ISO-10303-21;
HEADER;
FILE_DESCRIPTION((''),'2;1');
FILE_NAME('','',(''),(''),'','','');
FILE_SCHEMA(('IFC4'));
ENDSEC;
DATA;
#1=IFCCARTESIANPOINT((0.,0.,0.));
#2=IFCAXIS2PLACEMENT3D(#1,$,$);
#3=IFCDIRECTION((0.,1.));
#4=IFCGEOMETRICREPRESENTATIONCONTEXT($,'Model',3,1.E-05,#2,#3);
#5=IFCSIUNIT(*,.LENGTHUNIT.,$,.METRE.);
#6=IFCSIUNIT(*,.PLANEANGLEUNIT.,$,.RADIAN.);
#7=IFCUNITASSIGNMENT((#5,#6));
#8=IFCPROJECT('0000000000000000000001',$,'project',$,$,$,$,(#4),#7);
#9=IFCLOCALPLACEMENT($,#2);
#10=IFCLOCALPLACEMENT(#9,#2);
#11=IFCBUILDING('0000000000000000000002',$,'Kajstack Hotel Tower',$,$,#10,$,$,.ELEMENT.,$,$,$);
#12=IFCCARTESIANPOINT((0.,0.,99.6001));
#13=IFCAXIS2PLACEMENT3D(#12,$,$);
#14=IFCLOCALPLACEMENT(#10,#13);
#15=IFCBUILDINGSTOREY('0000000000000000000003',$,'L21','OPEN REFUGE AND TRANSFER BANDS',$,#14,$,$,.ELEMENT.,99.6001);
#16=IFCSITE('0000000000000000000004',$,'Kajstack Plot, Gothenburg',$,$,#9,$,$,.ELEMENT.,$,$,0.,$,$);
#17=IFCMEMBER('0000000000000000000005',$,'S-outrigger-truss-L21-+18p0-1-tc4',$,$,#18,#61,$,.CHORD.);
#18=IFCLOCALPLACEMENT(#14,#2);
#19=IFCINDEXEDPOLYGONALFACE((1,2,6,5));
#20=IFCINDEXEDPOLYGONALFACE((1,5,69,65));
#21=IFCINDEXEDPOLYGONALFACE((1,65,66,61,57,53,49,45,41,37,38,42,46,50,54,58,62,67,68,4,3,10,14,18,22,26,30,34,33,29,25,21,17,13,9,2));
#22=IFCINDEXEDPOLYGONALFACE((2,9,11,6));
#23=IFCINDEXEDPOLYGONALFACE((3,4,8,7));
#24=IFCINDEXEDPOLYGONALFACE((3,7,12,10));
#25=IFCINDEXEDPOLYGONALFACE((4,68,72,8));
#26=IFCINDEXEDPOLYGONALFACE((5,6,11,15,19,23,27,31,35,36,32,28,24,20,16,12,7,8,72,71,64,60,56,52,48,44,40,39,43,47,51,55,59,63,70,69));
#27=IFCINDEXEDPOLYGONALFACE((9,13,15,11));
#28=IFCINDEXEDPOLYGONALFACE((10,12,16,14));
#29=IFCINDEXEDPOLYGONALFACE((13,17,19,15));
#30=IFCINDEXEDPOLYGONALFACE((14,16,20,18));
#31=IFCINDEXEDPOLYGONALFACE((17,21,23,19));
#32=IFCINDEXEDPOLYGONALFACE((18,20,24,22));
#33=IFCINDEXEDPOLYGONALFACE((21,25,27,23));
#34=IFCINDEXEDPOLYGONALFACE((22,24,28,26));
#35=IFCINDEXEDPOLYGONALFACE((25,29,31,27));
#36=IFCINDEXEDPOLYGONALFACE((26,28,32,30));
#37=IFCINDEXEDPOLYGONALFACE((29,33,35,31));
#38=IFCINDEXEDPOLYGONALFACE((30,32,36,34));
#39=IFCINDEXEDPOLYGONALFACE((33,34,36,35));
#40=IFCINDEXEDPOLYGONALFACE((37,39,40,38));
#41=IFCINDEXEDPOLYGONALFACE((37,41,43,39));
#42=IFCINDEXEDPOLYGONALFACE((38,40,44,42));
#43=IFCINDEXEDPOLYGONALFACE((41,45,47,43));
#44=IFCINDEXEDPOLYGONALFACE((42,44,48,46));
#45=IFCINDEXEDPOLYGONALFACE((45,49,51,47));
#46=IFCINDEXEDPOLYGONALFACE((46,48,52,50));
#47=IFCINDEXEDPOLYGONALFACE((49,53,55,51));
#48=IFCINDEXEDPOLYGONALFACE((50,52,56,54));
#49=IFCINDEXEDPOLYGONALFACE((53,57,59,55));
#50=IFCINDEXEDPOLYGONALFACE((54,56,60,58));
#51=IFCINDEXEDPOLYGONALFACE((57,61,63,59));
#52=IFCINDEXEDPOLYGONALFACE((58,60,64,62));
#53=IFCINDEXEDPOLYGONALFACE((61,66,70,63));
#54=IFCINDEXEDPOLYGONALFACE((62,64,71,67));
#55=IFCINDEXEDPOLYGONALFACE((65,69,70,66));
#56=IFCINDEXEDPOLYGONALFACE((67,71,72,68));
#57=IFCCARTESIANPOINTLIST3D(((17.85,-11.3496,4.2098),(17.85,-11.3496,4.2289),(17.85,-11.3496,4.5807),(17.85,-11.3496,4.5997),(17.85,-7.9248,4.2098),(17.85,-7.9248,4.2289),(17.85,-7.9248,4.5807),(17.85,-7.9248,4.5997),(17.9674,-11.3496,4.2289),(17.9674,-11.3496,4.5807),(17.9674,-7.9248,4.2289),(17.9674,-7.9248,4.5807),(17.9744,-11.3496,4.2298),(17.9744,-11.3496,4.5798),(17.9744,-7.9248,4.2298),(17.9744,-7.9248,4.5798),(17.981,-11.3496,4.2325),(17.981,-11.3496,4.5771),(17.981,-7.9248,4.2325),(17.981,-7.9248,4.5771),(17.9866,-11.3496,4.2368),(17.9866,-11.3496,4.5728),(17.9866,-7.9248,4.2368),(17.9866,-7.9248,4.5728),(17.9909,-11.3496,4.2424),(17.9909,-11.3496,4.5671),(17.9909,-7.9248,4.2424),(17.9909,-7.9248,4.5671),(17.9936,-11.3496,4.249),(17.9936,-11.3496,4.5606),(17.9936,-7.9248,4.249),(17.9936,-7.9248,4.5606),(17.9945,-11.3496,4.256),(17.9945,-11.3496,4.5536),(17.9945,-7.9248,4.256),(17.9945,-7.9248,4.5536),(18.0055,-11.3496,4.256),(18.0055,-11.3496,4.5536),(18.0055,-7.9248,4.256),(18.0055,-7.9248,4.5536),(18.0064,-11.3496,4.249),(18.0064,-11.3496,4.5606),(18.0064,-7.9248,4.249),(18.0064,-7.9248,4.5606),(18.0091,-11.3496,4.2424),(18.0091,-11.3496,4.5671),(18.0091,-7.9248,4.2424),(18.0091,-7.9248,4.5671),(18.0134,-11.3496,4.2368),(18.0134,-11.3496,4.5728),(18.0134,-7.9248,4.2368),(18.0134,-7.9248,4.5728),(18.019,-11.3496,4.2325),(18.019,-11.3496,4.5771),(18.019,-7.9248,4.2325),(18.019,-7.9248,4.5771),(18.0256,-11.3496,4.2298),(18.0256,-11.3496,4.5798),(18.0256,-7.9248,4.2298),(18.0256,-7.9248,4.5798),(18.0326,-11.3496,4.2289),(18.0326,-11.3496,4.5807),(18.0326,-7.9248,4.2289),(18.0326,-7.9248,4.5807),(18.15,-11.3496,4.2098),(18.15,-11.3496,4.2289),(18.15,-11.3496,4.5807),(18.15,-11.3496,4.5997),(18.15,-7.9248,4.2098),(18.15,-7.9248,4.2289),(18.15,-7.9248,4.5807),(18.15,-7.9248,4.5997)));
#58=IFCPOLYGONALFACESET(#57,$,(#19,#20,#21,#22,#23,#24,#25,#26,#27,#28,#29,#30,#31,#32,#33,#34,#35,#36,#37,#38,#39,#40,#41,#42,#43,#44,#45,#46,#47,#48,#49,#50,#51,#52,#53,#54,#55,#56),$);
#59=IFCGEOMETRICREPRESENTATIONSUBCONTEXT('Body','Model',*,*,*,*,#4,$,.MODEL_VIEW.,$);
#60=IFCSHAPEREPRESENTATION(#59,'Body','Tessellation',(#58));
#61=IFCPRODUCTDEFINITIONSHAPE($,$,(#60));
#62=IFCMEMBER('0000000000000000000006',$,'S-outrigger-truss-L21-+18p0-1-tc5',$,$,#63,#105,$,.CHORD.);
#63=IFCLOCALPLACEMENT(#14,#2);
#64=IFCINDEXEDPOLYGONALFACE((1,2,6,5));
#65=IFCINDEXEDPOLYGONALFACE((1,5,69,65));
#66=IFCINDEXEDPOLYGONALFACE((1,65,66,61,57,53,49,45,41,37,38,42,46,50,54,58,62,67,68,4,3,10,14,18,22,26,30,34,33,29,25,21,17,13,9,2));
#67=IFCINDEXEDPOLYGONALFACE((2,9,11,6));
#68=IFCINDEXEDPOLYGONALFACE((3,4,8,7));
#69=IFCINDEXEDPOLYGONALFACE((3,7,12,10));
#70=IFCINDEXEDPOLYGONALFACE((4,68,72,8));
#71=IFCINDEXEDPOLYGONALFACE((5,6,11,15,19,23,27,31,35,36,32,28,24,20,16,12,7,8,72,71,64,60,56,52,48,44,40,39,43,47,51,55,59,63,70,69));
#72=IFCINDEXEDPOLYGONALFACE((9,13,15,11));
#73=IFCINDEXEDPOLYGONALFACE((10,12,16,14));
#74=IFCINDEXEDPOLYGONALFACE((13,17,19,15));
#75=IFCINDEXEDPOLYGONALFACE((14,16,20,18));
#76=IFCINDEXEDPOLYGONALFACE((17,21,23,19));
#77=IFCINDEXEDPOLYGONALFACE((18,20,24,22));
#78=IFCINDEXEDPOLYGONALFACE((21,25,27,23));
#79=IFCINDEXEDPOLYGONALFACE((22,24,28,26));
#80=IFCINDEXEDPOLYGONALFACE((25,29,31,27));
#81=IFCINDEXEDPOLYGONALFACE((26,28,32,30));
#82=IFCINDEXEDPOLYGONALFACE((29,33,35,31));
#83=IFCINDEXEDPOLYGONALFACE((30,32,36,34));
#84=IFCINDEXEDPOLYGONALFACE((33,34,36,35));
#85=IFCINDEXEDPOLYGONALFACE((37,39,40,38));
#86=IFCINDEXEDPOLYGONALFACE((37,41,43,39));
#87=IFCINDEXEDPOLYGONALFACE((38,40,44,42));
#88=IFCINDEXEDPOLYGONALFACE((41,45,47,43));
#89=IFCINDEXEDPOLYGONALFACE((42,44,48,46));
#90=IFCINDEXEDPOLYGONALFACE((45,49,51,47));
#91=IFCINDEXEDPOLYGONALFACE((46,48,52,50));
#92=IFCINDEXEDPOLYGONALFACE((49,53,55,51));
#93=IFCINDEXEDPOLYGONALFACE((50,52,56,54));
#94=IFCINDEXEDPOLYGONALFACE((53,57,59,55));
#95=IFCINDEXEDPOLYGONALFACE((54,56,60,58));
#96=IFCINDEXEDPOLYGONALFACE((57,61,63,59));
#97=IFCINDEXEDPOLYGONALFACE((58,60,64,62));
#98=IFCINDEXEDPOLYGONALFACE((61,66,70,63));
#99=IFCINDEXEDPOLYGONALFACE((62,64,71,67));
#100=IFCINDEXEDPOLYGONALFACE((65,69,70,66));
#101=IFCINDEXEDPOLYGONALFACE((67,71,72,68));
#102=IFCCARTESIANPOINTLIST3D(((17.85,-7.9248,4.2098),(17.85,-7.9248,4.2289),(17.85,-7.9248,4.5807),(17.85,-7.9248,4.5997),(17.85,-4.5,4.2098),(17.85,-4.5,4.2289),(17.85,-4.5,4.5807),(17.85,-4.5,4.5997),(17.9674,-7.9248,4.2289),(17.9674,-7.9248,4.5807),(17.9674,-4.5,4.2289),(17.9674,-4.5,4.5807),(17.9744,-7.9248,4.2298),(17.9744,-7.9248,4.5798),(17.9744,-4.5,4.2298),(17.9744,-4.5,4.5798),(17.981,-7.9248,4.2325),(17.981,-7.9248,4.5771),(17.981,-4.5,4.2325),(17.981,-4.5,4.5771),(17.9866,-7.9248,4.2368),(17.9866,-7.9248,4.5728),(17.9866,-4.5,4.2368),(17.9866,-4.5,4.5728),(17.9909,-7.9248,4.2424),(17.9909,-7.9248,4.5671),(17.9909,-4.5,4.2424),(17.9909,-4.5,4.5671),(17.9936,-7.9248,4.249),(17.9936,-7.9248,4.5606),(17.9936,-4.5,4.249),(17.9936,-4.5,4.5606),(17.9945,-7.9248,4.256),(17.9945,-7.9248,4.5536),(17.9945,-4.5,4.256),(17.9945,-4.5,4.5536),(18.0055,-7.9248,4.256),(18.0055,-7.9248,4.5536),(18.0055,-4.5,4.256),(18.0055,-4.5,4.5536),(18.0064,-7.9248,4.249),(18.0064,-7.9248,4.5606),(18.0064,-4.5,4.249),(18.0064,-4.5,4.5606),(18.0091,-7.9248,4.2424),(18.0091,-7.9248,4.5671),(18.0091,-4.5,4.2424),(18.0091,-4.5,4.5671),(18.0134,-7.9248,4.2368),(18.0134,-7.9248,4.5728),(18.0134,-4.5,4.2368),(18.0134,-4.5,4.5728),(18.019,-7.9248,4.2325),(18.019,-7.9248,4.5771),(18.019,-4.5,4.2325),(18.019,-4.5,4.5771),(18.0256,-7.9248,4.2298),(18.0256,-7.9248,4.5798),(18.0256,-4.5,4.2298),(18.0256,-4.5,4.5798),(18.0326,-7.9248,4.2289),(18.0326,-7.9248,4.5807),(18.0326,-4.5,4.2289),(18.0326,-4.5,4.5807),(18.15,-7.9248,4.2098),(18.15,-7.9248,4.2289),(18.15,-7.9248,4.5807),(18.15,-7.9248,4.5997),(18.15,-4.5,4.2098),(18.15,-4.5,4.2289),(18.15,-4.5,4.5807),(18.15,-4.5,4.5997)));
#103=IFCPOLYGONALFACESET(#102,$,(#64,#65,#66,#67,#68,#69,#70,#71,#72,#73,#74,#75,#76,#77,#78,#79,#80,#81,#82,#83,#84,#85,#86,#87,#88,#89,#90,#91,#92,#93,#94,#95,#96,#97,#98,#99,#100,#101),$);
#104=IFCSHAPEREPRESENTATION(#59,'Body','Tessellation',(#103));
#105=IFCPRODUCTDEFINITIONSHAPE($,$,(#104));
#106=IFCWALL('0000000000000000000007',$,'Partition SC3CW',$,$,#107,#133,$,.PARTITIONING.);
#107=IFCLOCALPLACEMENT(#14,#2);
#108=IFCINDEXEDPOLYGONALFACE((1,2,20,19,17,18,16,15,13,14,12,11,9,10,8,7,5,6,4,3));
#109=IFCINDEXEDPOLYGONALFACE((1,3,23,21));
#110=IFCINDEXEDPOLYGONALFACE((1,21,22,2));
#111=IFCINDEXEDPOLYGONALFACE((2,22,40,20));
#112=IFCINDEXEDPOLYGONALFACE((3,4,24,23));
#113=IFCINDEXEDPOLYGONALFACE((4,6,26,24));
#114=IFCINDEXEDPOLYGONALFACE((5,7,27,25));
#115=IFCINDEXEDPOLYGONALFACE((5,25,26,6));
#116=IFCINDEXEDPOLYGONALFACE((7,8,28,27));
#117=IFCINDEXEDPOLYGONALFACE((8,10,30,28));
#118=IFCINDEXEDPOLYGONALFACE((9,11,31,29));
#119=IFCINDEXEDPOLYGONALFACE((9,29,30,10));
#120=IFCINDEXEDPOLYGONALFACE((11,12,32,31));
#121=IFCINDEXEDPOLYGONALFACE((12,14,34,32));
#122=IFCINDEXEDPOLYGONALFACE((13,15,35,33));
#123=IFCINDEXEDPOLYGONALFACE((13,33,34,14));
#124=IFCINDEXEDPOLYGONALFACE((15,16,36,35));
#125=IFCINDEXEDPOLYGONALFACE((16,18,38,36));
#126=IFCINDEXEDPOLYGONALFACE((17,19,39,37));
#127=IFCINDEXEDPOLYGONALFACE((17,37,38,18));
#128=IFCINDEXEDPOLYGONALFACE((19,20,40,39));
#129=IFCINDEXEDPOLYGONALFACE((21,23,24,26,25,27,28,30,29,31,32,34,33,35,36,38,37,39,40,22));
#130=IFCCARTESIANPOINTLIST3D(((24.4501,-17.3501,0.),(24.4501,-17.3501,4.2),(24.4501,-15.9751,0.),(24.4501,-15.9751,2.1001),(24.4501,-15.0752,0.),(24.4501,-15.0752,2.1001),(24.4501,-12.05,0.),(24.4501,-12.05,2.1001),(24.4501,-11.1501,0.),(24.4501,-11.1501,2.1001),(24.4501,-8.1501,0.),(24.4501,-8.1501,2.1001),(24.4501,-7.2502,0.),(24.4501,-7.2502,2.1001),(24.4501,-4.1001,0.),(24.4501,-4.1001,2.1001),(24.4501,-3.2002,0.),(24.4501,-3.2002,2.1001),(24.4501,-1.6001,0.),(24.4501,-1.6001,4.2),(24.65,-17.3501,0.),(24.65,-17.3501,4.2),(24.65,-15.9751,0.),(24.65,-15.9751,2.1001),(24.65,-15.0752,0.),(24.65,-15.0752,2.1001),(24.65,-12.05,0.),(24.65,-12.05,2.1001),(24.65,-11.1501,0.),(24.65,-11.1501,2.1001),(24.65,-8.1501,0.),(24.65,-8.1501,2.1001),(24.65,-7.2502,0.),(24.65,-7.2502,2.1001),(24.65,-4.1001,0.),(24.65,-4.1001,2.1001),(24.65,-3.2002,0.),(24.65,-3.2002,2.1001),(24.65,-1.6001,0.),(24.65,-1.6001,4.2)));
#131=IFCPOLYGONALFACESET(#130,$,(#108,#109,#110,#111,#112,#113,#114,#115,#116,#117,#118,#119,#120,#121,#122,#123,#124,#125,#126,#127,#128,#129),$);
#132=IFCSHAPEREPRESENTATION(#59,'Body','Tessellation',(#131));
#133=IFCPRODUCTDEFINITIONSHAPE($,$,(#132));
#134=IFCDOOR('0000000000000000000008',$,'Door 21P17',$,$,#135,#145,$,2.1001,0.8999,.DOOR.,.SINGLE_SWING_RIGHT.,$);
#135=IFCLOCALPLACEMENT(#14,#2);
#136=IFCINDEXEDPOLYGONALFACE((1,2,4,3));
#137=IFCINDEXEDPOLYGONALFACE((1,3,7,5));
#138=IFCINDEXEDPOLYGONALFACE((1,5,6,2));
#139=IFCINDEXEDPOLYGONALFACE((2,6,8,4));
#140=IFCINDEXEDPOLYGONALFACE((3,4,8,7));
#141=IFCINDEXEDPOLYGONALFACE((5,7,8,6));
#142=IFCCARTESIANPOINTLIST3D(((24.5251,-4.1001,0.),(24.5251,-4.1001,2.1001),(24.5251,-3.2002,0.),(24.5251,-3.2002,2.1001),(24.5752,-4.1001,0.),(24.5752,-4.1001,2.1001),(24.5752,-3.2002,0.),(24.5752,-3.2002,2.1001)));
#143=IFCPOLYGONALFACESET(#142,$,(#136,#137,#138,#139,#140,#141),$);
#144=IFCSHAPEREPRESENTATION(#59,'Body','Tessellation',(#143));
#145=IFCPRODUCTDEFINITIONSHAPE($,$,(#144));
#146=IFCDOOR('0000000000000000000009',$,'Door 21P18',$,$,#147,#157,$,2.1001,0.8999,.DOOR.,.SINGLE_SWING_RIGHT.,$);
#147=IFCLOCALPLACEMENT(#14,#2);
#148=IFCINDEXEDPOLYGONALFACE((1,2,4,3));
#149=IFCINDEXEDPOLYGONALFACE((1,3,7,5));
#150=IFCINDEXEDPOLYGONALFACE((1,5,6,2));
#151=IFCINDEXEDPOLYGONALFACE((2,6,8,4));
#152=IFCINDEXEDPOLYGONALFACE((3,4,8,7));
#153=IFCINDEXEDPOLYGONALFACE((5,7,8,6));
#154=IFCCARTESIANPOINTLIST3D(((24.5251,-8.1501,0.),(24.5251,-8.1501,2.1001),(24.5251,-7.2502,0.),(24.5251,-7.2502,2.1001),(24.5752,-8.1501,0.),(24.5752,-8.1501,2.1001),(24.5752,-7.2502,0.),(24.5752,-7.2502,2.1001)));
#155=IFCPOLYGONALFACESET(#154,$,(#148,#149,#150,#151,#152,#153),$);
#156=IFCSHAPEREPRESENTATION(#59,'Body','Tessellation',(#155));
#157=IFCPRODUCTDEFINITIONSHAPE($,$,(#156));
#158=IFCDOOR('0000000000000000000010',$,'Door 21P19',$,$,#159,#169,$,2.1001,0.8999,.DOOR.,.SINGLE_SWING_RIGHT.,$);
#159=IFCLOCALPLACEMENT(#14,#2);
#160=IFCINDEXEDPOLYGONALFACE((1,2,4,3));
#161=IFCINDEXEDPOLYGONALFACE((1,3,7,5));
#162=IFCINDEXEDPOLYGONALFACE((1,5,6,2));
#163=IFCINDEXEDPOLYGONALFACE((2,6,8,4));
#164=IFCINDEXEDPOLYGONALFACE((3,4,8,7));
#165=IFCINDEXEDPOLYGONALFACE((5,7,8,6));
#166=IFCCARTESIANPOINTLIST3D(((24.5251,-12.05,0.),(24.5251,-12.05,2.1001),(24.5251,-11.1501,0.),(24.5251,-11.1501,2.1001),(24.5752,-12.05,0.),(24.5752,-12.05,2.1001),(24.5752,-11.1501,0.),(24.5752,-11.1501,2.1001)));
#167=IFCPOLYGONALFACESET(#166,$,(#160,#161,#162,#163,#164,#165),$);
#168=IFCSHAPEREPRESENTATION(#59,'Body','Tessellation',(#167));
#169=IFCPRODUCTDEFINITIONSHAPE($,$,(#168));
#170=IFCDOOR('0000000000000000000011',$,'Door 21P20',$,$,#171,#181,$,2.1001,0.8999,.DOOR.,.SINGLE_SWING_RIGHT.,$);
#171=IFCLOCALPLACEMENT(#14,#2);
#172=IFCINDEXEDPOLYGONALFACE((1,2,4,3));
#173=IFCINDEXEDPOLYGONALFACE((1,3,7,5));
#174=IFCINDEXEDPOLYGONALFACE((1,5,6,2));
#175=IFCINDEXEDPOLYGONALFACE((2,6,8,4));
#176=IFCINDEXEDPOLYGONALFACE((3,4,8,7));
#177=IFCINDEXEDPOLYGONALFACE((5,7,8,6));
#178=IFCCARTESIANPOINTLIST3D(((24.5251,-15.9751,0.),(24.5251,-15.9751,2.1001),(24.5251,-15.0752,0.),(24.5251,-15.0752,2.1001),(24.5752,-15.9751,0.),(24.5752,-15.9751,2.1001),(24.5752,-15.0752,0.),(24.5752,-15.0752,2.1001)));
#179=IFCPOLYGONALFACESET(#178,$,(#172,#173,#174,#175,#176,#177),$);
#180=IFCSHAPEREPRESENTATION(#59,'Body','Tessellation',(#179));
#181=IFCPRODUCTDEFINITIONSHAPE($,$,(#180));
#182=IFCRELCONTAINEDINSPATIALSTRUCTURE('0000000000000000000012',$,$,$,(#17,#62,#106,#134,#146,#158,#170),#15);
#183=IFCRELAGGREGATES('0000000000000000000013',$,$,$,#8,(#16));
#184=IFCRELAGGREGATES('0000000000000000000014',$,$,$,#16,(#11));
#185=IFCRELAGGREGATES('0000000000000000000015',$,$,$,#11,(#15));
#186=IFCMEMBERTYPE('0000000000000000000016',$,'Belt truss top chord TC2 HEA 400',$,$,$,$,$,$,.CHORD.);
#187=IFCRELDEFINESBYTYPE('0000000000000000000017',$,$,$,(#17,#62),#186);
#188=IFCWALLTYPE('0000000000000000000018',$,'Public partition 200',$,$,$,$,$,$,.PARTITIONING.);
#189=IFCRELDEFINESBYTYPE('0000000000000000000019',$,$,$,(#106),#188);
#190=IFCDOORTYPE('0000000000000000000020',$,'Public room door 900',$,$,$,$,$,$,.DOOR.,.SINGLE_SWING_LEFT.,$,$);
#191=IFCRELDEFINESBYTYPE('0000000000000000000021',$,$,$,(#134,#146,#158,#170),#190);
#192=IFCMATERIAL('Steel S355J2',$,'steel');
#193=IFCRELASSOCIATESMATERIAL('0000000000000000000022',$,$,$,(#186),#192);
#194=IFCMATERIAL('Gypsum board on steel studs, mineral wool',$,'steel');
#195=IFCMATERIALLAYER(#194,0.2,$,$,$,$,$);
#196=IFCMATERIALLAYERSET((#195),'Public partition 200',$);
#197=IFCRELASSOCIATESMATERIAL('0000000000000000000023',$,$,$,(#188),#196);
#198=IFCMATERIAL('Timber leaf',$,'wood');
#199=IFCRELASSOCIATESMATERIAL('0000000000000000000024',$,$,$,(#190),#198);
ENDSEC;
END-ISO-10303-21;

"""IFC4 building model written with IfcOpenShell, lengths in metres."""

from ifc_helpers import new_model, si_unit, direction, frame, frame_2d, origin, origin_2d, place, context, subcontext, project, spatial, rectangle, i_section, extrude, material, layer, layer_set, material_profile, profile_set, type_object, element, fill, save


model = new_model("IFC4")

# Units and contexts
model_context = context("Model", 3, precision=1e-05, world=origin(), true_north=direction((0.0, 1.0)))
body_context = subcontext(model_context, "Body", "Model", "MODEL_VIEW")
ifc_project = project(units=[si_unit("LENGTHUNIT", "METRE"), si_unit("PLANEANGLEUNIT", "RADIAN")], contexts=[model_context])

# Site, building, storey
site_placement = place(None, origin())
site = spatial("IfcSite", under=ifc_project, at=site_placement, Name="Kajstack Plot, Gothenburg", CompositionType="ELEMENT", RefElevation=0.0)
building_placement = place(site_placement, origin())
building = spatial("IfcBuilding", under=site, at=building_placement, Name="Kajstack Hotel Tower", CompositionType="ELEMENT")
storey_placement = place(building_placement, frame((0.0, 0.0, 99.6001)))
storey = spatial("IfcBuildingStorey", under=building, at=storey_placement, Name="L21", Description="OPEN REFUGE AND TRANSFER BANDS", CompositionType="ELEMENT", Elevation=99.6001)

# Members
ifc_material_1 = material(Name="Steel S355J2", Category="steel")
ifc_material_profile_1 = material_profile(ifc_material_1, i_section(OverallWidth=0.3, OverallDepth=0.3899, WebThickness=0.011, FlangeThickness=0.019, FilletRadius=0.0271, at=origin_2d()), Name="HEA 400")
ifc_profile_set_1 = profile_set([ifc_material_profile_1], Name="Steel S355J2")
member_type_1 = type_object("IfcMemberType", Name="Belt truss top chord TC2 HEA 400", PredefinedType="CHORD", material=ifc_profile_set_1)
for number, where, z_axis, x_axis, name in (
    (1, (18.0, -11.3496, 4.4048), (0.0, 1.0, 0.0), (-1.0, 0.0, 0.0), "S-outrigger-truss-L21-+18p0-1-tc4"),
    (2, (18.0, -7.9248, 4.4048), (0.0, 1.0, 0.0), (-1.0, 0.0, 0.0), "S-outrigger-truss-L21-+18p0-1-tc5"),
):
    element("IfcMember", number, at=place(storey_placement, frame(where, z_axis=z_axis, x_axis=x_axis)), inside=storey, type_object=member_type_1, Name=name, PredefinedType="CHORD", context=body_context, shape_type="SweptSolid", body=[
        extrude(i_section(OverallWidth=0.3, OverallDepth=0.3899, WebThickness=0.011, FlangeThickness=0.019, FilletRadius=0.0271, at=origin_2d()), origin(), (0.0, 0.0, 1.0), 3.4248),
    ])

# Wall, openings, doors
ifc_material_2 = material(Name="Gypsum board on steel studs, mineral wool", Category="steel")
ifc_layer_1 = layer(ifc_material_2, 0.2)
ifc_layer_set_1 = layer_set([ifc_layer_1], Name="Public partition 200")
wall_type = type_object("IfcWallType", Name="Public partition 200", PredefinedType="PARTITIONING", material=ifc_layer_set_1)
wall_1_placement = place(storey_placement, frame((24.55, -17.3501, 0.0), z_axis=(0.0, 0.0, 1.0), x_axis=(0.0, 1.0, 0.0)))
wall_1 = element("IfcWall", 3, at=wall_1_placement, inside=storey, type_object=wall_type, Name="Partition SC3CW", PredefinedType="PARTITIONING", context=body_context, shape_type="SweptSolid", body=[
    extrude(rectangle(XDim=15.75, YDim=0.2, at=frame_2d((7.875, 0.0))), origin(), (0.0, 0.0, 1.0), 4.2),
])
opening_1_placement = place(wall_1_placement, frame((13.25, 0.0, 0.0)))
opening_1 = element("IfcOpeningElement", 4, at=opening_1_placement, cuts=wall_1, PredefinedType="OPENING", context=body_context, shape_type="SweptSolid", body=[
    extrude(rectangle(XDim=0.8999, YDim=2.1001, at=frame_2d((0.45, 1.05))), frame((0.0, 0.1099, 0.0), z_axis=(0.0, -1.0, 0.0), x_axis=(1.0, 0.0, 0.0)), (0.0, 0.0, 1.0), 0.22),
])
opening_2_placement = place(wall_1_placement, frame((9.2, 0.0, 0.0)))
opening_2 = element("IfcOpeningElement", 5, at=opening_2_placement, cuts=wall_1, PredefinedType="OPENING", context=body_context, shape_type="SweptSolid", body=[
    extrude(rectangle(XDim=0.8999, YDim=2.1001, at=frame_2d((0.45, 1.05))), frame((0.0, 0.1099, 0.0), z_axis=(0.0, -1.0, 0.0), x_axis=(1.0, 0.0, 0.0)), (0.0, 0.0, 1.0), 0.22),
])
opening_3_placement = place(wall_1_placement, frame((5.3, 0.0, 0.0)))
opening_3 = element("IfcOpeningElement", 6, at=opening_3_placement, cuts=wall_1, PredefinedType="OPENING", context=body_context, shape_type="SweptSolid", body=[
    extrude(rectangle(XDim=0.8999, YDim=2.1001, at=frame_2d((0.45, 1.05))), frame((0.0, 0.1099, 0.0), z_axis=(0.0, -1.0, 0.0), x_axis=(1.0, 0.0, 0.0)), (0.0, 0.0, 1.0), 0.22),
])
opening_4_placement = place(wall_1_placement, frame((1.375, 0.0, 0.0)))
opening_4 = element("IfcOpeningElement", 7, at=opening_4_placement, cuts=wall_1, PredefinedType="OPENING", context=body_context, shape_type="SweptSolid", body=[
    extrude(rectangle(XDim=0.8999, YDim=2.1001, at=frame_2d((0.45, 1.05))), frame((0.0, 0.1099, 0.0), z_axis=(0.0, -1.0, 0.0), x_axis=(1.0, 0.0, 0.0)), (0.0, 0.0, 1.0), 0.22),
])
ifc_material_3 = material(Name="Timber leaf", Category="wood")
door_type = type_object("IfcDoorType", Name="Public room door 900", OperationType="SINGLE_SWING_LEFT", PredefinedType="DOOR", material=ifc_material_3)
door_1_placement = place(opening_1_placement, origin())
door_1 = element("IfcDoor", 8, at=door_1_placement, inside=storey, type_object=door_type, Name="Door 21P17", OperationType="SINGLE_SWING_RIGHT", OverallHeight=2.1001, OverallWidth=0.8999, PredefinedType="DOOR", context=body_context, shape_type="SweptSolid", body=[
    extrude(rectangle(XDim=0.8999, YDim=2.1001, at=frame_2d((0.45, 1.05))), frame((0.0, 0.0249, 0.0), z_axis=(0.0, -1.0, 0.0), x_axis=(1.0, 0.0, 0.0)), (0.0, 0.0, 1.0), 0.05),
])
fill(opening_1, door_1)
door_2_placement = place(opening_2_placement, origin())
door_2 = element("IfcDoor", 9, at=door_2_placement, inside=storey, type_object=door_type, Name="Door 21P18", OperationType="SINGLE_SWING_RIGHT", OverallHeight=2.1001, OverallWidth=0.8999, PredefinedType="DOOR", context=body_context, shape_type="SweptSolid", body=[
    extrude(rectangle(XDim=0.8999, YDim=2.1001, at=frame_2d((0.45, 1.05))), frame((0.0, 0.0249, 0.0), z_axis=(0.0, -1.0, 0.0), x_axis=(1.0, 0.0, 0.0)), (0.0, 0.0, 1.0), 0.05),
])
fill(opening_2, door_2)
door_3_placement = place(opening_3_placement, origin())
door_3 = element("IfcDoor", 10, at=door_3_placement, inside=storey, type_object=door_type, Name="Door 21P19", OperationType="SINGLE_SWING_RIGHT", OverallHeight=2.1001, OverallWidth=0.8999, PredefinedType="DOOR", context=body_context, shape_type="SweptSolid", body=[
    extrude(rectangle(XDim=0.8999, YDim=2.1001, at=frame_2d((0.45, 1.05))), frame((0.0, 0.0249, 0.0), z_axis=(0.0, -1.0, 0.0), x_axis=(1.0, 0.0, 0.0)), (0.0, 0.0, 1.0), 0.05),
])
fill(opening_3, door_3)
door_4_placement = place(opening_4_placement, origin())
door_4 = element("IfcDoor", 11, at=door_4_placement, inside=storey, type_object=door_type, Name="Door 21P20", OperationType="SINGLE_SWING_RIGHT", OverallHeight=2.1001, OverallWidth=0.8999, PredefinedType="DOOR", context=body_context, shape_type="SweptSolid", body=[
    extrude(rectangle(XDim=0.8999, YDim=2.1001, at=frame_2d((0.45, 1.05))), frame((0.0, 0.0249, 0.0), z_axis=(0.0, -1.0, 0.0), x_axis=(1.0, 0.0, 0.0)), (0.0, 0.0, 1.0), 0.05),
])
fill(opening_4, door_4)

save(model, "model.ifc")
